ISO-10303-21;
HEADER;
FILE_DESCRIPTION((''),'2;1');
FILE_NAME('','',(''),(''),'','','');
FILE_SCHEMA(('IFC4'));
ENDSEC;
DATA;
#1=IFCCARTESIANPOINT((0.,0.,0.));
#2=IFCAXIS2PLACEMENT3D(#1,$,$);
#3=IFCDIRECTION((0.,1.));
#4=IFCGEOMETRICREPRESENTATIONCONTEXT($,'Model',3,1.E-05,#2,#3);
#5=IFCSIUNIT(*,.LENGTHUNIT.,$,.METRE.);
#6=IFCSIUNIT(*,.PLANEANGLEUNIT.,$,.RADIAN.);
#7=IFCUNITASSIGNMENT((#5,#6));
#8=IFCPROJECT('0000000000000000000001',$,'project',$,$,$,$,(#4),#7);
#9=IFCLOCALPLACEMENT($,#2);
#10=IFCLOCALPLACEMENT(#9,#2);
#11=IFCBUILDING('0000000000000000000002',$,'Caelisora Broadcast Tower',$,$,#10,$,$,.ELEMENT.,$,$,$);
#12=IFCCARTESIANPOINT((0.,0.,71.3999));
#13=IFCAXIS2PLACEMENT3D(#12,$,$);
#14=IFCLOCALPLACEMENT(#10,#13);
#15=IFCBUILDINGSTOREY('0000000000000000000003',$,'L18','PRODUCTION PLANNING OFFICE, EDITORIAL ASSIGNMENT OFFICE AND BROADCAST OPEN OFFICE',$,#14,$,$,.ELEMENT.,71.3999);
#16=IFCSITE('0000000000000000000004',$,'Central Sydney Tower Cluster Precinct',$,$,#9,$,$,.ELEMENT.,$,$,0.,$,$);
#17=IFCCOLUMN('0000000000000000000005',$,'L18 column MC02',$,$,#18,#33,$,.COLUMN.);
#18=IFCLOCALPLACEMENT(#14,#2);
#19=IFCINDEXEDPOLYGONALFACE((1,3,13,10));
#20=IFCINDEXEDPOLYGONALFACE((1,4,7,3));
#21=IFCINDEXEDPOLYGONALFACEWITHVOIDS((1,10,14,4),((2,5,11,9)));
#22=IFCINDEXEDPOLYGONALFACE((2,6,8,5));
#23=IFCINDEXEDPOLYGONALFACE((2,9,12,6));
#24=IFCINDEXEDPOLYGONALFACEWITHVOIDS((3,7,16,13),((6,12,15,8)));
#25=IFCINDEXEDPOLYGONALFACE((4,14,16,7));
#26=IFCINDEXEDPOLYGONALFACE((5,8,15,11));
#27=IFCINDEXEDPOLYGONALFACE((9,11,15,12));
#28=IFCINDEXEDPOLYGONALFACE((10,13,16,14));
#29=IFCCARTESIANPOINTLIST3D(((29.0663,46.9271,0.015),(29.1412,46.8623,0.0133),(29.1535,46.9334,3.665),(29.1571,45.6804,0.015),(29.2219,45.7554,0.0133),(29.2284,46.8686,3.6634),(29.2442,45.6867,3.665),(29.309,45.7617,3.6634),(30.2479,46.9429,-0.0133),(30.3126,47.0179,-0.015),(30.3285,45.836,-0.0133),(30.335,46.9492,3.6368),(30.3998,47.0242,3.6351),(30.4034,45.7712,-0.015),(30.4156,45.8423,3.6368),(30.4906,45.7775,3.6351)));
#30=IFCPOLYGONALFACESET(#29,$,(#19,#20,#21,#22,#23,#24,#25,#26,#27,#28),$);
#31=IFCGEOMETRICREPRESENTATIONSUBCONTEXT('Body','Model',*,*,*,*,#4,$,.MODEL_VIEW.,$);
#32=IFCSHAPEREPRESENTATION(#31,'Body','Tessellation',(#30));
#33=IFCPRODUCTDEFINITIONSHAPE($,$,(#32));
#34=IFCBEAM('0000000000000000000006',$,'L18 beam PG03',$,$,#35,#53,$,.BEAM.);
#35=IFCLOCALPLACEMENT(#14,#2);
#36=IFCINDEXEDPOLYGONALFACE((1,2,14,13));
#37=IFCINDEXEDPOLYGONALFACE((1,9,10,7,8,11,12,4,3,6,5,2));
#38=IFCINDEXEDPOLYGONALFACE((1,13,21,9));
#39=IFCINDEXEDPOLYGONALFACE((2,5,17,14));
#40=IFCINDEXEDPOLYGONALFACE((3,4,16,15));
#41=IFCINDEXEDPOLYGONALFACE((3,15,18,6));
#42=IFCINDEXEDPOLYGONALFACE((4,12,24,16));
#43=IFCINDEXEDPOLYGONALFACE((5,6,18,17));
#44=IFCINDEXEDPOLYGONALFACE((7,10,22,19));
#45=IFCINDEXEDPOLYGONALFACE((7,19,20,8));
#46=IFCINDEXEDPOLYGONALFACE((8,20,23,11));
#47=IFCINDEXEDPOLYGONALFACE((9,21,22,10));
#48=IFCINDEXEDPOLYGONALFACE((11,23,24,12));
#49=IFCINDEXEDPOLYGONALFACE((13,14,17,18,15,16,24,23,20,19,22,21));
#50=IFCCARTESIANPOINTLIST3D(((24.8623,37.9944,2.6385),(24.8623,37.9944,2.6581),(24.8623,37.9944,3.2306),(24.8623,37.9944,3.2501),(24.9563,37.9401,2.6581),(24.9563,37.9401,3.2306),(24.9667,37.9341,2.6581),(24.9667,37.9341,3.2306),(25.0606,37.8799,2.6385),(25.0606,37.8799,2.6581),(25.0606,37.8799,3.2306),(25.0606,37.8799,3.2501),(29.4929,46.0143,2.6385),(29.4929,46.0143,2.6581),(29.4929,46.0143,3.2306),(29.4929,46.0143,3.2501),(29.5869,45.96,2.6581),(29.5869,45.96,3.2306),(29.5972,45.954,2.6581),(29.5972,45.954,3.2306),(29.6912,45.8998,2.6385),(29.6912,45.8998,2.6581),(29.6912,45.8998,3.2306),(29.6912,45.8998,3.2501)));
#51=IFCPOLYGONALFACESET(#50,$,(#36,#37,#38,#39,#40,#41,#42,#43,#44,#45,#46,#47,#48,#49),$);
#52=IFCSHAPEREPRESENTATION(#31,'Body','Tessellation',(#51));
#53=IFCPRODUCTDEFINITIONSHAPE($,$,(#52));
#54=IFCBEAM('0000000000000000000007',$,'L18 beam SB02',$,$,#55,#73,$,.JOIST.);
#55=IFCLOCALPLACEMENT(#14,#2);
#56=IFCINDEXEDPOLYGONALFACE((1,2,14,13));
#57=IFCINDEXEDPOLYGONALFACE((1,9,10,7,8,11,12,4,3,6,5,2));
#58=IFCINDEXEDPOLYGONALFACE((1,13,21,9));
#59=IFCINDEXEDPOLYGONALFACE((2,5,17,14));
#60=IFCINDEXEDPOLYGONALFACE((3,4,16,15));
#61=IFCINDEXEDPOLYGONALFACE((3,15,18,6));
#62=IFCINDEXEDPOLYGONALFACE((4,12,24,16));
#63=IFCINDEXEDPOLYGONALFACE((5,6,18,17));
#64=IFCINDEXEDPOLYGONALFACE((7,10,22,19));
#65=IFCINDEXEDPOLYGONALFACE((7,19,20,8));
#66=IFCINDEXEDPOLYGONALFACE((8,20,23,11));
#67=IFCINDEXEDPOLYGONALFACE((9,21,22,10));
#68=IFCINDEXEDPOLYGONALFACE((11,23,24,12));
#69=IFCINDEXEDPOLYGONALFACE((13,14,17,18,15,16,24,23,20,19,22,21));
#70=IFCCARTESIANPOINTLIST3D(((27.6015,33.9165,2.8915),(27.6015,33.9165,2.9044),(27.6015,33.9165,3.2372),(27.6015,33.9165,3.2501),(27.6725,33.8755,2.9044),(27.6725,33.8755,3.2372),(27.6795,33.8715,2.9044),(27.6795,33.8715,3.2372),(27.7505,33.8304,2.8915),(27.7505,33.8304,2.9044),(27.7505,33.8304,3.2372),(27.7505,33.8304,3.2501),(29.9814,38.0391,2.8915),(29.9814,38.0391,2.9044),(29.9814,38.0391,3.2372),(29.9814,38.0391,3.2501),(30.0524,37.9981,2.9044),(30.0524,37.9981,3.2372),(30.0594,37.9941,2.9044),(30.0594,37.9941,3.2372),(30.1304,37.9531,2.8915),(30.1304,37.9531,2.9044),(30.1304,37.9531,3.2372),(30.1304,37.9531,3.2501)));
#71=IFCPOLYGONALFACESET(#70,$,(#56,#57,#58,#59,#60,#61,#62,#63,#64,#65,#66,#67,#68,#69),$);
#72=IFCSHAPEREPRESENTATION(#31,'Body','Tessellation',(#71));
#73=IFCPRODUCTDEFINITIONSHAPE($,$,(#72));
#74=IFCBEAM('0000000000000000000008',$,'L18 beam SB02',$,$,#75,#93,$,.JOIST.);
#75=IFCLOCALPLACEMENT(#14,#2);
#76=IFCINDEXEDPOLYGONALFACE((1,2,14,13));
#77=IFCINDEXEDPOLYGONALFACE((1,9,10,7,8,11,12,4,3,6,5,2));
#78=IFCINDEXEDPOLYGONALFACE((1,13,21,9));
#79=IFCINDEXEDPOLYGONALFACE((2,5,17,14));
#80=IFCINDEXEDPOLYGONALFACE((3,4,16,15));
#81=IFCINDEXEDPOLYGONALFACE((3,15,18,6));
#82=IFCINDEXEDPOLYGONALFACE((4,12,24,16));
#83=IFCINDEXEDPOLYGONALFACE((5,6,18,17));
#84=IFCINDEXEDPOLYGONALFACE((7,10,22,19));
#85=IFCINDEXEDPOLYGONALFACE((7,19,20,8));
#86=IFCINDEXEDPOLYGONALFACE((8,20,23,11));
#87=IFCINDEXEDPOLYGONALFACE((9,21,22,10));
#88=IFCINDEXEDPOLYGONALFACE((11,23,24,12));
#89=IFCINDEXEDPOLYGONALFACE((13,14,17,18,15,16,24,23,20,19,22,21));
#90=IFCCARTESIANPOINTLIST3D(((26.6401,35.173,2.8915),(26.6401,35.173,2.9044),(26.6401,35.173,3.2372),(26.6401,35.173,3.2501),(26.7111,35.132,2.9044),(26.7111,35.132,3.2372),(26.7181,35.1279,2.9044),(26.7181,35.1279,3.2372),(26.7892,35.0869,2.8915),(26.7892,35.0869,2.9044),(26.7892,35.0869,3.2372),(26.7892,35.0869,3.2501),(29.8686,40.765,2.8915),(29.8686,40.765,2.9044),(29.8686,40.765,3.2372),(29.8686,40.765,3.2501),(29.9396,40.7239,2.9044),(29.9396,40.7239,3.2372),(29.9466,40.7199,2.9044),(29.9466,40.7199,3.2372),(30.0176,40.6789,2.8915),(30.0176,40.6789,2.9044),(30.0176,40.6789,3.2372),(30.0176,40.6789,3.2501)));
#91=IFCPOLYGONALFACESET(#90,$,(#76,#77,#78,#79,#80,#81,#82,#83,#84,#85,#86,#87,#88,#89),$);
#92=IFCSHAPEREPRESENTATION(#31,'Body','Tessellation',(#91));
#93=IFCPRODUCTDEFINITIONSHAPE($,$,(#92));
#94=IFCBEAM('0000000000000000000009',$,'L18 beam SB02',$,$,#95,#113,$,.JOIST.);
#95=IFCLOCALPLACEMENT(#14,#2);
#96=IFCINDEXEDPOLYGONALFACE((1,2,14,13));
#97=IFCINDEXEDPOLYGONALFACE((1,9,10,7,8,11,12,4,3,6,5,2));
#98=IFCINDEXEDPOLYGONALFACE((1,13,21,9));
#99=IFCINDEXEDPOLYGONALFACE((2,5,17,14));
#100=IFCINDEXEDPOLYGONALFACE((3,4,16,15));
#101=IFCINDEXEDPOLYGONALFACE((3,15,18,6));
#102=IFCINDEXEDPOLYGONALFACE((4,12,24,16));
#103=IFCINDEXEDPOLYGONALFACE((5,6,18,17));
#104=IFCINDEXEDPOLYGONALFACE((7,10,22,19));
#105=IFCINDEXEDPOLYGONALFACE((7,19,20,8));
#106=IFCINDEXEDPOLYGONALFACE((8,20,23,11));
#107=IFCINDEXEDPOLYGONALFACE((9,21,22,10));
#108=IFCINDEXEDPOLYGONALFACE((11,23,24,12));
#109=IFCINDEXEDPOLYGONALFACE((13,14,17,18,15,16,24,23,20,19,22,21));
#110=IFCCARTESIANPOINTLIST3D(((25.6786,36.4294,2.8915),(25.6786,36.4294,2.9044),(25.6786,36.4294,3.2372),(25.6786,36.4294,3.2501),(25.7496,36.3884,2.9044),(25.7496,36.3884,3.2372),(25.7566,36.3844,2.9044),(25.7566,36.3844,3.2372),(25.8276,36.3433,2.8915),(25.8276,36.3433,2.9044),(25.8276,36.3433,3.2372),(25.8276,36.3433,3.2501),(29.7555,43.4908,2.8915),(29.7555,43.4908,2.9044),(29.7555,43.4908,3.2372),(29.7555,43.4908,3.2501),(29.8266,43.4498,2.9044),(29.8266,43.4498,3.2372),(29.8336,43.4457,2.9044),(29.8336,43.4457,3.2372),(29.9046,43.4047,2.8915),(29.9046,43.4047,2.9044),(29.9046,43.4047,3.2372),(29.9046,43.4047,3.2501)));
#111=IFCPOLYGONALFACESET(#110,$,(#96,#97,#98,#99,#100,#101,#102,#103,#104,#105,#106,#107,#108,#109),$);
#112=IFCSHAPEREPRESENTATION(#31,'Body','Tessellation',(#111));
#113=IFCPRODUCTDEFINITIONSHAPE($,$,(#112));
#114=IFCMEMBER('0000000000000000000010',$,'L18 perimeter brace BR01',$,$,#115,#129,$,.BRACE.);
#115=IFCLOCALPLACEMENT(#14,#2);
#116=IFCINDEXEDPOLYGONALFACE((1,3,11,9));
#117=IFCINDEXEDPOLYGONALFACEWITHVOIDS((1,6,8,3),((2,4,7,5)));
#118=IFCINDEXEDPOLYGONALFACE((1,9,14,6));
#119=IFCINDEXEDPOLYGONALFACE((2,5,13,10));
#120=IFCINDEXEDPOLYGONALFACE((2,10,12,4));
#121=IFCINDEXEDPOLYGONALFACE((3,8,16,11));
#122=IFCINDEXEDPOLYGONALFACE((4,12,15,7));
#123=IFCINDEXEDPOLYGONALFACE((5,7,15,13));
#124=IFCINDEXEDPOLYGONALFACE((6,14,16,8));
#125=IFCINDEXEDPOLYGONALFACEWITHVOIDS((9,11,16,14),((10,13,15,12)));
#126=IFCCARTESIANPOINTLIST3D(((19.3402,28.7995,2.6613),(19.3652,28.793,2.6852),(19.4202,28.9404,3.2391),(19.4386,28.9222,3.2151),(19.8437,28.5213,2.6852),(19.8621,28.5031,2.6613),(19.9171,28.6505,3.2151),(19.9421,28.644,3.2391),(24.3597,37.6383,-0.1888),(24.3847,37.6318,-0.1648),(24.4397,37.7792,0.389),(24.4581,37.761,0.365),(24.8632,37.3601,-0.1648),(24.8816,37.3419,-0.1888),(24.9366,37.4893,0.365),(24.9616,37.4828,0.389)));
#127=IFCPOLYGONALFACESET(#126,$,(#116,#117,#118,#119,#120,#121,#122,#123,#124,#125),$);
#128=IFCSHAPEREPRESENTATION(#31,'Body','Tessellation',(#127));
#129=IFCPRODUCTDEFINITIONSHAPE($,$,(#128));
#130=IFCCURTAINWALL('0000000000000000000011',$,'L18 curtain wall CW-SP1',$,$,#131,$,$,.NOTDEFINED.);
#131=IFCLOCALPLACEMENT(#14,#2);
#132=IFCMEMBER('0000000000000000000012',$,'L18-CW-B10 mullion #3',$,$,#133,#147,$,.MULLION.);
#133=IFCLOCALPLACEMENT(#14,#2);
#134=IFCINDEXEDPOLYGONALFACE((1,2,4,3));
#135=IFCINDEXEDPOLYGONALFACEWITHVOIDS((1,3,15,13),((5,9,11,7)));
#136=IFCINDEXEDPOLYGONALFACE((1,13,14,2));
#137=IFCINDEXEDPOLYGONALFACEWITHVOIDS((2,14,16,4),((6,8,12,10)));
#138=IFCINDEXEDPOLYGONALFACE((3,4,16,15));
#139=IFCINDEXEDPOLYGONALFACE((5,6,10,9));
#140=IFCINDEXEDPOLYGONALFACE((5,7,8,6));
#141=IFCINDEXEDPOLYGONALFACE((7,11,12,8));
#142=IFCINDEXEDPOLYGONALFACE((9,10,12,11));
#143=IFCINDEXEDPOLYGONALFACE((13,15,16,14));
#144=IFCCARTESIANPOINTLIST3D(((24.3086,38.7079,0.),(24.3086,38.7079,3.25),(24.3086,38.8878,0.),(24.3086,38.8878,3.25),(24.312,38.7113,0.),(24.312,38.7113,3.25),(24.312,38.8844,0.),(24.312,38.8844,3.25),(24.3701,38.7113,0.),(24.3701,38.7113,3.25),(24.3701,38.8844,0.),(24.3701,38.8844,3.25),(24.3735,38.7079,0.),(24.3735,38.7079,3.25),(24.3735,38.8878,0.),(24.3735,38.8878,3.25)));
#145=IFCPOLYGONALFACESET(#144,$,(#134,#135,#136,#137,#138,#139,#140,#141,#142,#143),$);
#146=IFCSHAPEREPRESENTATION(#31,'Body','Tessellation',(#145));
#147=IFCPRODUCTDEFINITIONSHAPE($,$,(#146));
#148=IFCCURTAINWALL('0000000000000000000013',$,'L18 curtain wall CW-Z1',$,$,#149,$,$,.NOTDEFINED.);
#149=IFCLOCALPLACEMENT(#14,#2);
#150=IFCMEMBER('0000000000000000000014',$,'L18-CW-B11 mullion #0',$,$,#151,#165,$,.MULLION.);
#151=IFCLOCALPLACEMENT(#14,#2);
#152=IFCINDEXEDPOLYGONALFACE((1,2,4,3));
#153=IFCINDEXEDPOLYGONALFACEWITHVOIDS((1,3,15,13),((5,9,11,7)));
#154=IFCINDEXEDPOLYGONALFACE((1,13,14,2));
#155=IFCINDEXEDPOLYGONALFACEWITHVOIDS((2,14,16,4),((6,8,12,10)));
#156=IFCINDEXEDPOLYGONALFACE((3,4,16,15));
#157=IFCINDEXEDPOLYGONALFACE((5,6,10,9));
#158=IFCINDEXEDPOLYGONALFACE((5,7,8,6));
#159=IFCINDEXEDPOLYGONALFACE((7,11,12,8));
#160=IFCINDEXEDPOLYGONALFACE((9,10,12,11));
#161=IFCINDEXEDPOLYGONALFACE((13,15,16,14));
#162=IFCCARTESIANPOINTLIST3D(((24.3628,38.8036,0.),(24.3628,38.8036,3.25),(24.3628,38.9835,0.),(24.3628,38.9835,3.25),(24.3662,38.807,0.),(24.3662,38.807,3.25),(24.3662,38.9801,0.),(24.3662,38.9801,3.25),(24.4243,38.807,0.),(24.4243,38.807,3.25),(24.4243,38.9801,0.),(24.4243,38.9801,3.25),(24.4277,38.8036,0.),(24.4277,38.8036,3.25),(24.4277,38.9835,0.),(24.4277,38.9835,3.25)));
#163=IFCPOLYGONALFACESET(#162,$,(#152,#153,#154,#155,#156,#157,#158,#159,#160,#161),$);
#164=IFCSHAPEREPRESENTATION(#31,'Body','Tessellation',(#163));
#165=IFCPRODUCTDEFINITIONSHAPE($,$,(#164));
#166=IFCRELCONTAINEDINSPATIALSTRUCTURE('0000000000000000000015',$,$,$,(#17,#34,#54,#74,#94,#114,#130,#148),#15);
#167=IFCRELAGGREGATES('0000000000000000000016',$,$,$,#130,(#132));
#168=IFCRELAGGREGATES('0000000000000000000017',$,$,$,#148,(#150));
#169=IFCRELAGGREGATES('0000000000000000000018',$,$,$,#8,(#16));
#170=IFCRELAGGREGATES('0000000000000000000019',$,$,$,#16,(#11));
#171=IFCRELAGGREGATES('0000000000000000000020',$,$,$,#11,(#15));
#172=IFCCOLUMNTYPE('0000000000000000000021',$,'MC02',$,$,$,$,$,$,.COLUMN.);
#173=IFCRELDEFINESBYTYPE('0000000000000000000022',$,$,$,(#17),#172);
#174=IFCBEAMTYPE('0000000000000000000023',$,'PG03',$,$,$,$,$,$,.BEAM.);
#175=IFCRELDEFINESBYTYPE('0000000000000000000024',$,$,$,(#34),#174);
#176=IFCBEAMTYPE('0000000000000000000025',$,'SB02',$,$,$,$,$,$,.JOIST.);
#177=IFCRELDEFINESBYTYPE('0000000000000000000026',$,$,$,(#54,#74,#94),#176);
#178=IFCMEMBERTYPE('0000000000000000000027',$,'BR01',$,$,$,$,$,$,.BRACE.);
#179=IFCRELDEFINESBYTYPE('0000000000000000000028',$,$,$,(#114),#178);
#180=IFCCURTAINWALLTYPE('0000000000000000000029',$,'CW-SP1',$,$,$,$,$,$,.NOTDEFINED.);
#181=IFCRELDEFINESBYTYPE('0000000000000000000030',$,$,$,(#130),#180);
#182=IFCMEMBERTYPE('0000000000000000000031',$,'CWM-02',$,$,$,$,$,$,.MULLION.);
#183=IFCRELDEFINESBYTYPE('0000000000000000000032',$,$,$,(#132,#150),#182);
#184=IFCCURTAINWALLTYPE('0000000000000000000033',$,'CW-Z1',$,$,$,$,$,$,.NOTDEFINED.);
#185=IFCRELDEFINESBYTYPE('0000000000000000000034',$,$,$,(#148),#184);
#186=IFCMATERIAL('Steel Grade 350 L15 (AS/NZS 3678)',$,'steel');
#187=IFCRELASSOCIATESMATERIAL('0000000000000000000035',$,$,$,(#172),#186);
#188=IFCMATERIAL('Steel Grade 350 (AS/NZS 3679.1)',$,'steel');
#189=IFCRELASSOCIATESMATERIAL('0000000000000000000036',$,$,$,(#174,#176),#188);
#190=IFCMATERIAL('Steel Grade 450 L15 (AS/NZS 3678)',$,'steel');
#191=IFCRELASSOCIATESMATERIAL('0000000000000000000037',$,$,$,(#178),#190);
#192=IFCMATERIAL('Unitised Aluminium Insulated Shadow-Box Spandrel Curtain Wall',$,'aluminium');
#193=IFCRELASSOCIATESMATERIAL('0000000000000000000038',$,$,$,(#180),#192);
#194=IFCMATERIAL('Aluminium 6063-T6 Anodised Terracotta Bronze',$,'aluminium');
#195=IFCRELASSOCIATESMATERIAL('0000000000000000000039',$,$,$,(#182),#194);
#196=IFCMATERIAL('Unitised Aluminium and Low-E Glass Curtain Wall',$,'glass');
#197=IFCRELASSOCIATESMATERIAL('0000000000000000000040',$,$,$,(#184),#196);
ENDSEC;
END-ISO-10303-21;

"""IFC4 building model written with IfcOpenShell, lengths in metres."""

from ifc_helpers import new_model, si_unit, direction, frame, origin, origin_2d, place, context, subcontext, project, spatial, hollow_rectangle, i_section, extrude, source, transform, mapped, material, material_profile, profile_set, type_object, type_shapes, element, aggregate, save


model = new_model("IFC4")

# Units and contexts
model_context = context("Model", 3, precision=1e-05, world=origin(), true_north=direction((0.0, 1.0)))
body_context = subcontext(model_context, "Body", "Model", "MODEL_VIEW")
ifc_project = project(units=[si_unit("LENGTHUNIT", "METRE"), si_unit("PLANEANGLEUNIT", "RADIAN")], contexts=[model_context])

# Site, building, storey
site_placement = place(None, origin())
site = spatial("IfcSite", under=ifc_project, at=site_placement, Name="Central Sydney Tower Cluster Precinct", CompositionType="ELEMENT", RefElevation=0.0)
building_placement = place(site_placement, origin())
building = spatial("IfcBuilding", under=site, at=building_placement, Name="Caelisora Broadcast Tower", CompositionType="ELEMENT")
storey_placement = place(building_placement, frame((0.0, 0.0, 71.3999)))
storey = spatial("IfcBuildingStorey", under=building, at=storey_placement, Name="L18", Description="PRODUCTION PLANNING OFFICE, EDITORIAL ASSIGNMENT OFFICE AND BROADCAST OPEN OFFICE", CompositionType="ELEMENT", Elevation=71.3999)

# Column
ifc_material_1 = material(Name="Steel Grade 350 L15 (AS/NZS 3678)", Category="steel")
ifc_material_profile_1 = material_profile(ifc_material_1, hollow_rectangle(XDim=1.25, YDim=1.25, WallThickness=0.0701, at=origin_2d()), Name="Steel Grade 350 L15 (AS/NZS 3678)")
ifc_profile_set_1 = profile_set([ifc_material_profile_1], Name="Steel Grade 350 L15 (AS/NZS 3678)")
column_type = type_object("IfcColumnType", Name="MC02", PredefinedType="COLUMN", material=ifc_profile_set_1)
shared_shape_1 = source(origin(), body_context, "Body", "SweptSolid", [
    extrude(hollow_rectangle(XDim=1.25, YDim=1.25, WallThickness=0.0701, at=origin_2d()), origin(), (0.0, 0.0, 1.0), 3.6511),
])
type_shapes(column_type, [shared_shape_1])
column_placement = place(storey_placement, frame((29.7349, 46.3491, 0.0), z_axis=(0.023871, 0.001739, 0.999714), x_axis=(-0.072637, 0.997358, 0.0)))
element("IfcColumn", 1, at=column_placement, inside=storey, type_object=column_type, Name="L18 column MC02", PredefinedType="COLUMN", context=body_context, shape_type="MappedRepresentation", body=[
    mapped(shared_shape_1, transform((0.0, 0.0, 0.0), scale=1.0)),
])

# Beams
ifc_material_2 = material(Name="Steel Grade 350 (AS/NZS 3679.1)", Category="steel")
ifc_material_profile_2 = material_profile(ifc_material_2, i_section(OverallWidth=0.229, OverallDepth=0.6116, WebThickness=0.012, FlangeThickness=0.0195, at=origin_2d()), Name="Steel Grade 350 (AS/NZS 3679.1)")
ifc_profile_set_2 = profile_set([ifc_material_profile_2], Name="Steel Grade 350 (AS/NZS 3679.1)")
beam_type_1 = type_object("IfcBeamType", Name="PG03", PredefinedType="BEAM", material=ifc_profile_set_2)
shared_shape_2 = source(origin(), body_context, "Body", "SweptSolid", [
    extrude(i_section(OverallWidth=0.229, OverallDepth=0.6116, WebThickness=0.012, FlangeThickness=0.0195, at=origin_2d()), origin(), (0.0, 0.0, 1.0), 9.2607),
])
type_shapes(beam_type_1, [shared_shape_2])
beam_1_placement = place(storey_placement, frame((29.592, 45.957, 2.9443), z_axis=(-0.500021, -0.866013, 0.0), x_axis=(0.866013, -0.500021, 0.0)))
element("IfcBeam", 2, at=beam_1_placement, inside=storey, type_object=beam_type_1, Name="L18 beam PG03", PredefinedType="BEAM", context=body_context, shape_type="MappedRepresentation", body=[
    mapped(shared_shape_2, transform((0.0, 0.0, 0.0), scale=1.0)),
])
ifc_material_profile_3 = material_profile(ifc_material_2, i_section(OverallWidth=0.1721, OverallDepth=0.3586, WebThickness=0.0081, FlangeThickness=0.0129, at=origin_2d()), Name="Steel Grade 350 (AS/NZS 3679.1)")
ifc_profile_set_3 = profile_set([ifc_material_profile_3], Name="Steel Grade 350 (AS/NZS 3679.1)")
beam_type_2 = type_object("IfcBeamType", Name="SB02", PredefinedType="JOIST", material=ifc_profile_set_3)
shared_shape_3 = source(origin(), body_context, "Body", "SweptSolid", [
    extrude(i_section(OverallWidth=0.1721, OverallDepth=0.3586, WebThickness=0.0081, FlangeThickness=0.0129, at=origin_2d()), origin(), (0.0, 0.0, 1.0), 4.7603),
])
beam_2_placement = place(storey_placement, frame((30.0559, 37.9961, 3.0708), z_axis=(-0.499956, -0.866051, 0.0), x_axis=(0.866051, -0.499956, 0.0)))
element("IfcBeam", 3, at=beam_2_placement, inside=storey, type_object=beam_type_2, Name="L18 beam SB02", PredefinedType="JOIST", context=body_context, shape_type="MappedRepresentation", body=[
    mapped(shared_shape_3, transform((0.0, 0.0, 0.0), scale=1.0)),
])
shared_shape_4 = source(origin(), body_context, "Body", "SweptSolid", [
    extrude(i_section(OverallWidth=0.1721, OverallDepth=0.3586, WebThickness=0.0081, FlangeThickness=0.0129, at=origin_2d()), origin(), (0.0, 0.0, 1.0), 6.457),
])
beam_3_placement = place(storey_placement, frame((29.9431, 40.7219, 3.0708), z_axis=(-0.499994, -0.866029, 0.0), x_axis=(0.866029, -0.499994, 0.0)))
element("IfcBeam", 4, at=beam_3_placement, inside=storey, type_object=beam_type_2, Name="L18 beam SB02", PredefinedType="JOIST", context=body_context, shape_type="MappedRepresentation", body=[
    mapped(shared_shape_4, transform((0.0, 0.0, 0.0), scale=1.0)),
])
shared_shape_5 = source(origin(), body_context, "Body", "SweptSolid", [
    extrude(i_section(OverallWidth=0.1721, OverallDepth=0.3586, WebThickness=0.0081, FlangeThickness=0.0129, at=origin_2d()), origin(), (0.0, 0.0, 1.0), 8.1538),
])
type_shapes(beam_type_2, [shared_shape_3, shared_shape_4, shared_shape_5])
beam_4_placement = place(storey_placement, frame((29.8301, 43.4478, 3.0708), z_axis=(-0.500007, -0.866022, 0.0), x_axis=(0.866022, -0.500007, 0.0)))
element("IfcBeam", 5, at=beam_4_placement, inside=storey, type_object=beam_type_2, Name="L18 beam SB02", PredefinedType="JOIST", context=body_context, shape_type="MappedRepresentation", body=[
    mapped(shared_shape_5, transform((0.0, 0.0, 0.0), scale=1.0)),
])

# Member
ifc_material_3 = material(Name="Steel Grade 450 L15 (AS/NZS 3678)", Category="steel")
ifc_material_profile_4 = material_profile(ifc_material_3, hollow_rectangle(XDim=0.6001, YDim=0.6001, WallThickness=0.0249, at=origin_2d()), Name="Steel Grade 450 L15 (AS/NZS 3678)")
ifc_profile_set_4 = profile_set([ifc_material_profile_4], Name="Steel Grade 450 L15 (AS/NZS 3678)")
member_type_1 = type_object("IfcMemberType", Name="BR01", PredefinedType="BRACE", material=ifc_profile_set_4)
shared_shape_6 = source(origin(), body_context, "Body", "SweptSolid", [
    extrude(hollow_rectangle(XDim=0.6001, YDim=0.6001, WallThickness=0.0249, at=origin_2d()), origin(), (0.0, 0.0, 1.0), 10.5566),
])
type_shapes(member_type_1, [shared_shape_6])
member_1_placement = place(storey_placement, frame((24.6606, 37.5605, 0.1001), z_axis=(-0.475482, -0.837274, 0.269979), x_axis=(0.869564, -0.49382, 0.0)))
element("IfcMember", 6, at=member_1_placement, inside=storey, type_object=member_type_1, Name="L18 perimeter brace BR01", PredefinedType="BRACE", context=body_context, shape_type="MappedRepresentation", body=[
    mapped(shared_shape_6, transform((0.0, 0.0, 0.0), scale=1.0)),
])

# Curtain wall, member
ifc_material_4 = material(Name="Unitised Aluminium Insulated Shadow-Box Spandrel Curtain Wall", Category="aluminium")
curtain_wall_type_1 = type_object("IfcCurtainWallType", Name="CW-SP1", PredefinedType="NOTDEFINED", material=ifc_material_4)
curtain_wall_1_placement = place(storey_placement, origin())
curtain_wall_1 = element("IfcCurtainWall", 7, at=curtain_wall_1_placement, inside=storey, type_object=curtain_wall_type_1, Name="L18 curtain wall CW-SP1", PredefinedType="NOTDEFINED")
ifc_material_5 = material(Name="Aluminium 6063-T6 Anodised Terracotta Bronze", Category="aluminium")
ifc_material_profile_5 = material_profile(ifc_material_5, hollow_rectangle(XDim=0.0649, YDim=0.1799, WallThickness=0.0034, at=origin_2d()), Name="Aluminium 6063-T6 Anodised Terracotta Bronze")
ifc_profile_set_5 = profile_set([ifc_material_profile_5], Name="Aluminium 6063-T6 Anodised Terracotta Bronze")
member_type_2 = type_object("IfcMemberType", Name="CWM-02", PredefinedType="MULLION", material=ifc_profile_set_5)
shared_shape_7 = source(origin(), body_context, "Body", "SweptSolid", [
    extrude(hollow_rectangle(XDim=0.0649, YDim=0.1799, WallThickness=0.0034, at=origin_2d()), origin(), (0.0, 0.0, 1.0), 3.25),
])
type_shapes(member_type_2, [shared_shape_7])
member_2_placement = place(storey_placement, frame((24.3411, 38.7979, 0.0), z_axis=(0.0, 0.0, 1.0), x_axis=(1.0, 0.0, 0.0)))
member_2 = element("IfcMember", 8, at=member_2_placement, type_object=member_type_2, Name="L18-CW-B10 mullion #3", PredefinedType="MULLION", context=body_context, shape_type="MappedRepresentation", body=[
    mapped(shared_shape_7, transform((0.0, 0.0, 0.0), scale=1.0)),
])
aggregate(curtain_wall_1, [member_2])

# Curtain wall, member
ifc_material_6 = material(Name="Unitised Aluminium and Low-E Glass Curtain Wall", Category="glass")
curtain_wall_type_2 = type_object("IfcCurtainWallType", Name="CW-Z1", PredefinedType="NOTDEFINED", material=ifc_material_6)
curtain_wall_2_placement = place(storey_placement, origin())
curtain_wall_2 = element("IfcCurtainWall", 9, at=curtain_wall_2_placement, inside=storey, type_object=curtain_wall_type_2, Name="L18 curtain wall CW-Z1", PredefinedType="NOTDEFINED")
member_3_placement = place(storey_placement, frame((24.3953, 38.8936, 0.0), z_axis=(0.0, 0.0, 1.0), x_axis=(1.0, 0.0, 0.0)))
member_3 = element("IfcMember", 10, at=member_3_placement, type_object=member_type_2, Name="L18-CW-B11 mullion #0", PredefinedType="MULLION", context=body_context, shape_type="MappedRepresentation", body=[
    mapped(shared_shape_7, transform((0.0, 0.0, 0.0), scale=1.0)),
])

aggregate(curtain_wall_2, [member_3])

save(model, "model.ifc")
